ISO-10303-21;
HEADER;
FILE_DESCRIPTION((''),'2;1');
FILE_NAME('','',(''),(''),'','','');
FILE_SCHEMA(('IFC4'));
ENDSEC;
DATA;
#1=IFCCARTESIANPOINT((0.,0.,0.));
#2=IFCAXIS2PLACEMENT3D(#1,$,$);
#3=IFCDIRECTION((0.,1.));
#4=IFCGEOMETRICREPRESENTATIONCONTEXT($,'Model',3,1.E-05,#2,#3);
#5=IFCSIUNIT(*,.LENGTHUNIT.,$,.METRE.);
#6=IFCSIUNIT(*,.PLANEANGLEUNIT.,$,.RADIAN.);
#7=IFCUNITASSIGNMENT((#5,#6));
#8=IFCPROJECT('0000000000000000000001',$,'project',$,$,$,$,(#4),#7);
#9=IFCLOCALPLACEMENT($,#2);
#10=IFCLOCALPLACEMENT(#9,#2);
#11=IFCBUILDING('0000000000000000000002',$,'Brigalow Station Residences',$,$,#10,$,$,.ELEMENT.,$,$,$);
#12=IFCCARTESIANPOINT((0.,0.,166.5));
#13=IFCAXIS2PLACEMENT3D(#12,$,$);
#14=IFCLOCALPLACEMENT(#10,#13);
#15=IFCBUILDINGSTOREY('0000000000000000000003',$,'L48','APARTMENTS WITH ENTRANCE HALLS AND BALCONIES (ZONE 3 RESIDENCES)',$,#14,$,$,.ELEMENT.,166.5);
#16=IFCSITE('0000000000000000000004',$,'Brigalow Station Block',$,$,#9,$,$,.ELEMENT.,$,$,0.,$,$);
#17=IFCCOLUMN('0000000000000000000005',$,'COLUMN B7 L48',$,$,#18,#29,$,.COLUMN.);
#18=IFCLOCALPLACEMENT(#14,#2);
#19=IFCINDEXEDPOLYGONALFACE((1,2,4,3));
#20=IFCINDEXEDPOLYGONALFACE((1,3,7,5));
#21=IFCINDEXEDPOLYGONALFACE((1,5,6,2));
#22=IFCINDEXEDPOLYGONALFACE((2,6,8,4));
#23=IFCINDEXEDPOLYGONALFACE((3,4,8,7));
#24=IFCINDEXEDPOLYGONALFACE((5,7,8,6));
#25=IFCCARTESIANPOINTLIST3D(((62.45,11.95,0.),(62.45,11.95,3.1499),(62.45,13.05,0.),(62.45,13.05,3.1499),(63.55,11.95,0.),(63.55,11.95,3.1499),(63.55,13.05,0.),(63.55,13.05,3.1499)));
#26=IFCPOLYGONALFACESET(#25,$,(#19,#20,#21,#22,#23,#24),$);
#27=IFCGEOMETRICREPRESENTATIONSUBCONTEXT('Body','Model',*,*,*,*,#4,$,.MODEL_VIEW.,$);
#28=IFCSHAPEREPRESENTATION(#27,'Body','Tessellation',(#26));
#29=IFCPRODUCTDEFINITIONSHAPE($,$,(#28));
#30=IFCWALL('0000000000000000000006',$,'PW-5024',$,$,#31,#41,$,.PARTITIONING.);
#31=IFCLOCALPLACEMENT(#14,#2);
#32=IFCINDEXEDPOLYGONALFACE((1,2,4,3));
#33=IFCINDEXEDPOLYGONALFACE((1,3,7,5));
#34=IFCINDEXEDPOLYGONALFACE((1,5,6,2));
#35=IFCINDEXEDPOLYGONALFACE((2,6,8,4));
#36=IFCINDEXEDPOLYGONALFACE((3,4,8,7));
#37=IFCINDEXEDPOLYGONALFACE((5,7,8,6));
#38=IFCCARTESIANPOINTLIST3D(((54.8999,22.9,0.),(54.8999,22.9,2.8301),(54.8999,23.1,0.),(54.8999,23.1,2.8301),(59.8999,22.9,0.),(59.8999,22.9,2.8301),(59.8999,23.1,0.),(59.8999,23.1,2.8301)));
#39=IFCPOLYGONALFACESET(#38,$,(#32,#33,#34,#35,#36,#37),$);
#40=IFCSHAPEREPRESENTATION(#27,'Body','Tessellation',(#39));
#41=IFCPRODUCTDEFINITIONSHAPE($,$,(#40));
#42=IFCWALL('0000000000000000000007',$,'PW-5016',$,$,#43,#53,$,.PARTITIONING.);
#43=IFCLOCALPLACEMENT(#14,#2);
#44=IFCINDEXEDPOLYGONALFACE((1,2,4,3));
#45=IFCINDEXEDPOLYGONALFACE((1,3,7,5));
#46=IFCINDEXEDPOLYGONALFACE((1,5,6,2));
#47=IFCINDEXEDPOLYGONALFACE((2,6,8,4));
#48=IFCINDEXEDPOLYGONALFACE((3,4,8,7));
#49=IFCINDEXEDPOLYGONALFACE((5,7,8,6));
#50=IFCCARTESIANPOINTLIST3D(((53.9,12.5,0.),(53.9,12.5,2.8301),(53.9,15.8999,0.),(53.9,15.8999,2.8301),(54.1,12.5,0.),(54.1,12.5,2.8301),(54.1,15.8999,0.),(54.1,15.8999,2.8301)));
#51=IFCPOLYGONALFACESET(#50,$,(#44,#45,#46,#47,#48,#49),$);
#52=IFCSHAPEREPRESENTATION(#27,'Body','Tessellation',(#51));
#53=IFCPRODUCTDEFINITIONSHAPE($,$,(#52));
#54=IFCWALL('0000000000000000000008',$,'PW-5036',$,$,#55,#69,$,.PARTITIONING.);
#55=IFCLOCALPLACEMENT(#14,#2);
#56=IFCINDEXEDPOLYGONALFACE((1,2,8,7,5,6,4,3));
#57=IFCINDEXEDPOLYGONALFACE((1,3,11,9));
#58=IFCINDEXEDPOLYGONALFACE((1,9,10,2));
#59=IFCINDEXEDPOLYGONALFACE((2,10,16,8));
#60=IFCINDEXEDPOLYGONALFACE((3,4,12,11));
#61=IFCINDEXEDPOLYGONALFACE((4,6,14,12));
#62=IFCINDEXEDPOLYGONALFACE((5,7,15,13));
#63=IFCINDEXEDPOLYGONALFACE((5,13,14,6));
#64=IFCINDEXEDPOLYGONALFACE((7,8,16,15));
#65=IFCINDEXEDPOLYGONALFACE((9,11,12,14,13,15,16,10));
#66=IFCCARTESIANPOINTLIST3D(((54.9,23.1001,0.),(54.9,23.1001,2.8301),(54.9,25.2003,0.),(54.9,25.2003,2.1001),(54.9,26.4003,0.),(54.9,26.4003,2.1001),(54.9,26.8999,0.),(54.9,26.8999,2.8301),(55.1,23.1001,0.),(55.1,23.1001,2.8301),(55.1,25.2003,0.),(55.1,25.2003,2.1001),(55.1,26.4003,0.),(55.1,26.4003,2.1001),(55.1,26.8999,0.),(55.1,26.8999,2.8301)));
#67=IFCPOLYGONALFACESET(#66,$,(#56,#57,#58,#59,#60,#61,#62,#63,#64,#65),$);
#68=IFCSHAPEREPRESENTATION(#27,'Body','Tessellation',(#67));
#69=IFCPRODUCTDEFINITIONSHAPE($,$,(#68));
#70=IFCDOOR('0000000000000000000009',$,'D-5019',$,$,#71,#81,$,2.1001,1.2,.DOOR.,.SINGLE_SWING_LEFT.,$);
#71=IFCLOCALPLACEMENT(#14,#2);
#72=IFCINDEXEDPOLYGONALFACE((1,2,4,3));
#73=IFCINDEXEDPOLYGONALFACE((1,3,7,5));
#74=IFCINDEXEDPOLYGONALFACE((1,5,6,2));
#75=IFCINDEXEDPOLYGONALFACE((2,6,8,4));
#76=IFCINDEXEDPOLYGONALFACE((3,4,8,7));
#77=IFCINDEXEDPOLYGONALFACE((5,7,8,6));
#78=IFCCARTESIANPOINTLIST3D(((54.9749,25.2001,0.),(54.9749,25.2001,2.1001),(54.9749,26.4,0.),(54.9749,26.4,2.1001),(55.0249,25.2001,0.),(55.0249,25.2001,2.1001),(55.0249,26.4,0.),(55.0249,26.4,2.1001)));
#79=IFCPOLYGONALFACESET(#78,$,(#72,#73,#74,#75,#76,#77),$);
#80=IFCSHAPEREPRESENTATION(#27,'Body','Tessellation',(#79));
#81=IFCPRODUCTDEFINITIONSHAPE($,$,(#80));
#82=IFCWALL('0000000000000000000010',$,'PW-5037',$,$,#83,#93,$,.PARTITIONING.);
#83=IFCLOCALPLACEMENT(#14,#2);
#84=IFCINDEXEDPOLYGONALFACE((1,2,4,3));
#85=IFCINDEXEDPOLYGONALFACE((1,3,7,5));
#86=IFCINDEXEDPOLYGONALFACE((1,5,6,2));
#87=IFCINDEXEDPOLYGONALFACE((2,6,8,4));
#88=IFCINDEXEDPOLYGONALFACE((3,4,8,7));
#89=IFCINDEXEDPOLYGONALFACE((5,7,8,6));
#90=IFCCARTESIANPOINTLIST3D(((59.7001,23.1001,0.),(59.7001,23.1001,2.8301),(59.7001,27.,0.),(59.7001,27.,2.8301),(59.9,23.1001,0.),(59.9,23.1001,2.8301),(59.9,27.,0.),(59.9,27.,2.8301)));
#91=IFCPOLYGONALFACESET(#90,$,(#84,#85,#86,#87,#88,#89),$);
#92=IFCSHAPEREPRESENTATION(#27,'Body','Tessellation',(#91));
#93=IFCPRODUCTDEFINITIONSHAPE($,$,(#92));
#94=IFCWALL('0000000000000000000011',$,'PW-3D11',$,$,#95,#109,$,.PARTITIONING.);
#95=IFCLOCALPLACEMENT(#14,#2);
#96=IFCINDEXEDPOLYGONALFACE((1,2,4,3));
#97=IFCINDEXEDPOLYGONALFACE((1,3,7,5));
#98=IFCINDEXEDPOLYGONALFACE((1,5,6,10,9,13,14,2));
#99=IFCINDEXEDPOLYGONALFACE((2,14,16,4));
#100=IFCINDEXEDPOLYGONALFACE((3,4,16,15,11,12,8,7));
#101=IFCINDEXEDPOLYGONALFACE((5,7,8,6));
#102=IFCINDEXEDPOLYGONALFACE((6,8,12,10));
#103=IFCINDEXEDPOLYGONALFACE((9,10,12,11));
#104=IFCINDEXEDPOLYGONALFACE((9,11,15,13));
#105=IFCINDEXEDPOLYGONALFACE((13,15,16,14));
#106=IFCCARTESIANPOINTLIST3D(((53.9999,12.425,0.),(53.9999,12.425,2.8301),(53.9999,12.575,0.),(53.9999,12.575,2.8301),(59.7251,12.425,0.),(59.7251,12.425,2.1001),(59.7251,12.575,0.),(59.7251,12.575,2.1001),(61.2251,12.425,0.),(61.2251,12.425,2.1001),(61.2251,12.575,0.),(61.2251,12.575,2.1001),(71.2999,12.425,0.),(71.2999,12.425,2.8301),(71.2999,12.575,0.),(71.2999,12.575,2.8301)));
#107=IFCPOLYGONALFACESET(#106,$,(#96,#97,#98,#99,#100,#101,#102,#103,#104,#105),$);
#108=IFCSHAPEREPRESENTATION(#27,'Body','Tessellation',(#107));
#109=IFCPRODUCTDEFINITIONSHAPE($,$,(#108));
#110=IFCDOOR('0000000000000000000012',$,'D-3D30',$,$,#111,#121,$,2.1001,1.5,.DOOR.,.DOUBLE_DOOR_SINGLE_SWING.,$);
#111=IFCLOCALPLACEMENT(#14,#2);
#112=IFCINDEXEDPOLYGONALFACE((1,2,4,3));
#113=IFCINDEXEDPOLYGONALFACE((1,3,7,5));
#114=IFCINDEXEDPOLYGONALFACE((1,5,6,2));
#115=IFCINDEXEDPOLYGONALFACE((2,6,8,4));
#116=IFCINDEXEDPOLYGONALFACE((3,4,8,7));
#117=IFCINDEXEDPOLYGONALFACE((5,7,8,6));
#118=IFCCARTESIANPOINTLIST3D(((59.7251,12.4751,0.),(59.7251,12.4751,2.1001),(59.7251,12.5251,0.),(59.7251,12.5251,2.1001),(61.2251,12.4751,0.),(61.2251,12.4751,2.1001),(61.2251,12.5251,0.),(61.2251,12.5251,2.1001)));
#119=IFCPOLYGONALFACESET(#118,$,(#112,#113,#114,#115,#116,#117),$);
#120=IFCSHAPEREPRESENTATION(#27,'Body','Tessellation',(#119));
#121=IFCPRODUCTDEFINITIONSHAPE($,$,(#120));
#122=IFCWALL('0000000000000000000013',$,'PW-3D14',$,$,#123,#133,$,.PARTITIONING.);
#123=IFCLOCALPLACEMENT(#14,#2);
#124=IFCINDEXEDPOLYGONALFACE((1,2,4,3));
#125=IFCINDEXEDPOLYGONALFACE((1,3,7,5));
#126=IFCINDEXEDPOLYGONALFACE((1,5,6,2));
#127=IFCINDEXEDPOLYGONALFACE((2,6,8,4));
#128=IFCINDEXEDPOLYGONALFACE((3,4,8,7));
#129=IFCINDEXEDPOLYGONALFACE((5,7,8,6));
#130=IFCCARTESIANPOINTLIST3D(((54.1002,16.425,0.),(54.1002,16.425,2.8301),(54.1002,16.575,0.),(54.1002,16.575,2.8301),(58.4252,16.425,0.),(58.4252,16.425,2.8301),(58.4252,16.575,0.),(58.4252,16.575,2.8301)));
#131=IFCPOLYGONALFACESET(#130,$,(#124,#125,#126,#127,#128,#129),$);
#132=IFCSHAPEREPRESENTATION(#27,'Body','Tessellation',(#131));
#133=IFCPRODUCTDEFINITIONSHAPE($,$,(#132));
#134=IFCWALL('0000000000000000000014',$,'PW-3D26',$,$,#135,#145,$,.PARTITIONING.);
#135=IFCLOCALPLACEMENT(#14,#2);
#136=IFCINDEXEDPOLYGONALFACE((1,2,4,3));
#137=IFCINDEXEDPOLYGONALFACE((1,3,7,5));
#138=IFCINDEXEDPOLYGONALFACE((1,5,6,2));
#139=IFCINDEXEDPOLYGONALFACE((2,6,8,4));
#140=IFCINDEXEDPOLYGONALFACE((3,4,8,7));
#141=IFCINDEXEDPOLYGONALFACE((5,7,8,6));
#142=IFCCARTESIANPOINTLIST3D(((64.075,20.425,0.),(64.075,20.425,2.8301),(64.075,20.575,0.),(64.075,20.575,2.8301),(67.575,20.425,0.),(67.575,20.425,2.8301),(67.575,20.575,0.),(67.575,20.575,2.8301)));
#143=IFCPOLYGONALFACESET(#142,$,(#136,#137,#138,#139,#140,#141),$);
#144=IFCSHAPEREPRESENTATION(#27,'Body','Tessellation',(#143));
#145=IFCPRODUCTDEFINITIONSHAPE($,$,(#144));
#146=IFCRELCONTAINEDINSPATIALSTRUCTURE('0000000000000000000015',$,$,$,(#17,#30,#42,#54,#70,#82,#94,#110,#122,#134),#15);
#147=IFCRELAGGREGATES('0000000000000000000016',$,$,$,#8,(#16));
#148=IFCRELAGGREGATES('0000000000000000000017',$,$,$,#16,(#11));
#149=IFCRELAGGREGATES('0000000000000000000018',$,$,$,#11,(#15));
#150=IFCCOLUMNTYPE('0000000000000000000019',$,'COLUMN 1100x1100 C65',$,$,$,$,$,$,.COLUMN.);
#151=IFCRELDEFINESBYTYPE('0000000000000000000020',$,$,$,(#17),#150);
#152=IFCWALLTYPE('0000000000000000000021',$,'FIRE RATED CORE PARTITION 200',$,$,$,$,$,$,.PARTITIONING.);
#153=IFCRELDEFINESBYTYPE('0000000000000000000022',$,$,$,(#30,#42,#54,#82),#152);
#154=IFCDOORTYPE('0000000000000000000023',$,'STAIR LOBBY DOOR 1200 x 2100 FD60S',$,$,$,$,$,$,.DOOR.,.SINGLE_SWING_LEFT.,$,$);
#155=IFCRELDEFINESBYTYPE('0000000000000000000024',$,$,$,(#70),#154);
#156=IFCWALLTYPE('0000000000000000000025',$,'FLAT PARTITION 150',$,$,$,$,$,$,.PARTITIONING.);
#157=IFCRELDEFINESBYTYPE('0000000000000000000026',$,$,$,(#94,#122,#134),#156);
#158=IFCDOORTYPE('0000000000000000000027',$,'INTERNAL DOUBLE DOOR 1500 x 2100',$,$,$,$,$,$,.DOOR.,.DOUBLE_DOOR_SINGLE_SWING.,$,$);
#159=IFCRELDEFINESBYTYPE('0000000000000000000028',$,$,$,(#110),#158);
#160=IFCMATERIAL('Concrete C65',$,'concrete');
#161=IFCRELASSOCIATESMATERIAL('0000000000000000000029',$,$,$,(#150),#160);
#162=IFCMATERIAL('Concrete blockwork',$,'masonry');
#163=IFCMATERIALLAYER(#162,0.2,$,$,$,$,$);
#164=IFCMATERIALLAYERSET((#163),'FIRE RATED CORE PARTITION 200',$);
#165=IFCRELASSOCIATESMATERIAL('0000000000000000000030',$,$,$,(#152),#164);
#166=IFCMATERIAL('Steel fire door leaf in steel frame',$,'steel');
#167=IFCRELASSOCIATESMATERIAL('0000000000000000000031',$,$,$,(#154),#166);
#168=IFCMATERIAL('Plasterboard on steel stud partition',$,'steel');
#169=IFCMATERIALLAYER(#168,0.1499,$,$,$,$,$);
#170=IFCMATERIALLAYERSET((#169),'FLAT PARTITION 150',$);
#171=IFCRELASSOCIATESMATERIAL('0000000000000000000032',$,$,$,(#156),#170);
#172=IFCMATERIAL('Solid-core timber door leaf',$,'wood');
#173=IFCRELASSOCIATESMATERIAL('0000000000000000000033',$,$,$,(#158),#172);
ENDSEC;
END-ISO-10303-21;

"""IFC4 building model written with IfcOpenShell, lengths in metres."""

from ifc_helpers import new_model, si_unit, direction, frame, frame_2d, origin, origin_2d, place, context, subcontext, project, spatial, rectangle, extrude, material, layer, layer_set, material_profile, profile_set, type_object, element, fill, save


model = new_model("IFC4")

# Units and contexts
model_context = context("Model", 3, precision=1e-05, world=origin(), true_north=direction((0.0, 1.0)))
body_context = subcontext(model_context, "Body", "Model", "MODEL_VIEW")
ifc_project = project(units=[si_unit("LENGTHUNIT", "METRE"), si_unit("PLANEANGLEUNIT", "RADIAN")], contexts=[model_context])

# Site, building, storey
site_placement = place(None, origin())
site = spatial("IfcSite", under=ifc_project, at=site_placement, Name="Brigalow Station Block", CompositionType="ELEMENT", RefElevation=0.0)
building_placement = place(site_placement, origin())
building = spatial("IfcBuilding", under=site, at=building_placement, Name="Brigalow Station Residences", CompositionType="ELEMENT")
storey_placement = place(building_placement, frame((0.0, 0.0, 166.5)))
storey = spatial("IfcBuildingStorey", under=building, at=storey_placement, Name="L48", Description="APARTMENTS WITH ENTRANCE HALLS AND BALCONIES (ZONE 3 RESIDENCES)", CompositionType="ELEMENT", Elevation=166.5)

# Column
ifc_material_1 = material(Name="Concrete C65", Category="concrete")
ifc_material_profile = material_profile(ifc_material_1, rectangle(XDim=1.1001, YDim=1.1001, at=origin_2d()), Name="RC1100x1100")
ifc_profile_set = profile_set([ifc_material_profile], Name="Concrete C65")
column_type = type_object("IfcColumnType", Name="COLUMN 1100x1100 C65", PredefinedType="COLUMN", material=ifc_profile_set)
column_placement = place(storey_placement, frame((63.0, 12.5, 0.0), z_axis=(0.0, 0.0, 1.0), x_axis=(1.0, 0.0, 0.0)))
element("IfcColumn", 1, at=column_placement, inside=storey, type_object=column_type, Name="COLUMN B7 L48", PredefinedType="COLUMN", context=body_context, shape_type="SweptSolid", body=[
    extrude(rectangle(XDim=1.1001, YDim=1.1001, at=origin_2d()), origin(), (0.0, 0.0, 1.0), 3.1499),
])

# Walls
ifc_material_2 = material(Name="Concrete blockwork", Category="masonry")
ifc_layer_1 = layer(ifc_material_2, 0.2)
ifc_layer_set_1 = layer_set([ifc_layer_1], Name="FIRE RATED CORE PARTITION 200")
wall_type_1 = type_object("IfcWallType", Name="FIRE RATED CORE PARTITION 200", PredefinedType="PARTITIONING", material=ifc_layer_set_1)
wall_1_placement = place(storey_placement, frame((54.8999, 23.0, 0.0), z_axis=(0.0, 0.0, 1.0), x_axis=(1.0, 0.0, 0.0)))
element("IfcWall", 2, at=wall_1_placement, inside=storey, type_object=wall_type_1, Name="PW-5024", PredefinedType="PARTITIONING", context=body_context, shape_type="SweptSolid", body=[
    extrude(rectangle(XDim=5.0, YDim=0.2, at=frame_2d((2.5, 0.0))), origin(), (0.0, 0.0, 1.0), 2.8301),
])
wall_2_placement = place(storey_placement, frame((54.0, 12.5, 0.0), z_axis=(0.0, 0.0, 1.0), x_axis=(0.0, 1.0, 0.0)))
element("IfcWall", 3, at=wall_2_placement, inside=storey, type_object=wall_type_1, Name="PW-5016", PredefinedType="PARTITIONING", context=body_context, shape_type="SweptSolid", body=[
    extrude(rectangle(XDim=3.3999, YDim=0.2, at=frame_2d((1.7, 0.0))), origin(), (0.0, 0.0, 1.0), 2.8301),
])

# Wall, opening, door
wall_3_placement = place(storey_placement, frame((55.0, 23.1001, 0.0), z_axis=(0.0, 0.0, 1.0), x_axis=(0.0, 1.0, 0.0)))
wall_3 = element("IfcWall", 4, at=wall_3_placement, inside=storey, type_object=wall_type_1, Name="PW-5036", PredefinedType="PARTITIONING", context=body_context, shape_type="SweptSolid", body=[
    extrude(rectangle(XDim=3.7998, YDim=0.2, at=frame_2d((1.8999, 0.0))), origin(), (0.0, 0.0, 1.0), 2.8301),
])
opening_1_placement = place(wall_3_placement, frame((2.1001, 0.0, 0.0)))
opening_1 = element("IfcOpeningElement", 5, at=opening_1_placement, cuts=wall_3, PredefinedType="OPENING", context=body_context, shape_type="SweptSolid", body=[
    extrude(rectangle(XDim=1.2, YDim=2.1001, at=frame_2d((0.6001, 1.05))), frame((0.0, 0.1099, 0.0), z_axis=(0.0, -1.0, 0.0), x_axis=(1.0, 0.0, 0.0)), (0.0, 0.0, 1.0), 0.22),
])
ifc_material_3 = material(Name="Steel fire door leaf in steel frame", Category="steel")
door_type_1 = type_object("IfcDoorType", Name="STAIR LOBBY DOOR 1200 x 2100 FD60S", OperationType="SINGLE_SWING_LEFT", PredefinedType="DOOR", material=ifc_material_3)
door_1_placement = place(opening_1_placement, frame((1.2, 0.0, 0.0), z_axis=(0.0, 0.0, 1.0), x_axis=(-1.0, 0.0, 0.0)))
door_1 = element("IfcDoor", 6, at=door_1_placement, inside=storey, type_object=door_type_1, Name="D-5019", OperationType="SINGLE_SWING_LEFT", OverallHeight=2.1001, OverallWidth=1.2, PredefinedType="DOOR", context=body_context, shape_type="SweptSolid", body=[
    extrude(rectangle(XDim=1.2, YDim=2.1001, at=frame_2d((0.6001, 1.05))), frame((0.0, 0.0249, 0.0), z_axis=(0.0, -1.0, 0.0), x_axis=(1.0, 0.0, 0.0)), (0.0, 0.0, 1.0), 0.05),
])
fill(opening_1, door_1)

# Wall
wall_4_placement = place(storey_placement, frame((59.8, 23.1001, 0.0), z_axis=(0.0, 0.0, 1.0), x_axis=(0.0, 1.0, 0.0)))
element("IfcWall", 7, at=wall_4_placement, inside=storey, type_object=wall_type_1, Name="PW-5037", PredefinedType="PARTITIONING", context=body_context, shape_type="SweptSolid", body=[
    extrude(rectangle(XDim=3.8999, YDim=0.2, at=frame_2d((1.95, 0.0))), origin(), (0.0, 0.0, 1.0), 2.8301),
])

# Wall, opening, door
ifc_material_4 = material(Name="Plasterboard on steel stud partition", Category="steel")
ifc_layer_2 = layer(ifc_material_4, 0.1499)
ifc_layer_set_2 = layer_set([ifc_layer_2], Name="FLAT PARTITION 150")
wall_type_2 = type_object("IfcWallType", Name="FLAT PARTITION 150", PredefinedType="PARTITIONING", material=ifc_layer_set_2)
wall_5_placement = place(storey_placement, frame((54.0, 12.5, 0.0), z_axis=(0.0, 0.0, 1.0), x_axis=(1.0, 0.0, 0.0)))
wall_5 = element("IfcWall", 8, at=wall_5_placement, inside=storey, type_object=wall_type_2, Name="PW-3D11", PredefinedType="PARTITIONING", context=body_context, shape_type="SweptSolid", body=[
    extrude(rectangle(XDim=17.3, YDim=0.1499, at=frame_2d((8.6499, 0.0))), origin(), (0.0, 0.0, 1.0), 2.8301),
])
opening_2_placement = place(wall_5_placement, frame((5.7251, 0.0, 0.0)))
opening_2 = element("IfcOpeningElement", 9, at=opening_2_placement, cuts=wall_5, PredefinedType="OPENING", context=body_context, shape_type="SweptSolid", body=[
    extrude(rectangle(XDim=1.5, YDim=2.1001, at=frame_2d((0.75, 1.05))), frame((0.0, 0.085, 0.0), z_axis=(0.0, -1.0, 0.0), x_axis=(1.0, 0.0, 0.0)), (0.0, 0.0, 1.0), 0.1699),
])
ifc_material_5 = material(Name="Solid-core timber door leaf", Category="wood")
door_type_2 = type_object("IfcDoorType", Name="INTERNAL DOUBLE DOOR 1500 x 2100", OperationType="DOUBLE_DOOR_SINGLE_SWING", PredefinedType="DOOR", material=ifc_material_5)
door_2_placement = place(opening_2_placement, frame((1.5, 0.0, 0.0), z_axis=(0.0, 0.0, 1.0), x_axis=(-1.0, 0.0, 0.0)))
door_2 = element("IfcDoor", 10, at=door_2_placement, inside=storey, type_object=door_type_2, Name="D-3D30", OperationType="DOUBLE_DOOR_SINGLE_SWING", OverallHeight=2.1001, OverallWidth=1.5, PredefinedType="DOOR", context=body_context, shape_type="SweptSolid", body=[
    extrude(rectangle(XDim=1.5, YDim=2.1001, at=frame_2d((0.75, 1.05))), frame((0.0, 0.0249, 0.0), z_axis=(0.0, -1.0, 0.0), x_axis=(1.0, 0.0, 0.0)), (0.0, 0.0, 1.0), 0.05),
])
fill(opening_2, door_2)

# Walls
wall_6_placement = place(storey_placement, frame((54.1001, 16.5, 0.0), z_axis=(0.0, 0.0, 1.0), x_axis=(1.0, 0.0, 0.0)))
element("IfcWall", 11, at=wall_6_placement, inside=storey, type_object=wall_type_2, Name="PW-3D14", PredefinedType="PARTITIONING", context=body_context, shape_type="SweptSolid", body=[
    extrude(rectangle(XDim=4.325, YDim=0.1499, at=frame_2d((2.1626, 0.0))), origin(), (0.0, 0.0, 1.0), 2.8301),
])
wall_7_placement = place(storey_placement, frame((64.075, 20.5, 0.0), z_axis=(0.0, 0.0, 1.0), x_axis=(1.0, 0.0, 0.0)))
element("IfcWall", 12, at=wall_7_placement, inside=storey, type_object=wall_type_2, Name="PW-3D26", PredefinedType="PARTITIONING", context=body_context, shape_type="SweptSolid", body=[
    extrude(rectangle(XDim=3.5, YDim=0.1499, at=frame_2d((1.75, 0.0))), origin(), (0.0, 0.0, 1.0), 2.8301),
])

save(model, "model.ifc")
